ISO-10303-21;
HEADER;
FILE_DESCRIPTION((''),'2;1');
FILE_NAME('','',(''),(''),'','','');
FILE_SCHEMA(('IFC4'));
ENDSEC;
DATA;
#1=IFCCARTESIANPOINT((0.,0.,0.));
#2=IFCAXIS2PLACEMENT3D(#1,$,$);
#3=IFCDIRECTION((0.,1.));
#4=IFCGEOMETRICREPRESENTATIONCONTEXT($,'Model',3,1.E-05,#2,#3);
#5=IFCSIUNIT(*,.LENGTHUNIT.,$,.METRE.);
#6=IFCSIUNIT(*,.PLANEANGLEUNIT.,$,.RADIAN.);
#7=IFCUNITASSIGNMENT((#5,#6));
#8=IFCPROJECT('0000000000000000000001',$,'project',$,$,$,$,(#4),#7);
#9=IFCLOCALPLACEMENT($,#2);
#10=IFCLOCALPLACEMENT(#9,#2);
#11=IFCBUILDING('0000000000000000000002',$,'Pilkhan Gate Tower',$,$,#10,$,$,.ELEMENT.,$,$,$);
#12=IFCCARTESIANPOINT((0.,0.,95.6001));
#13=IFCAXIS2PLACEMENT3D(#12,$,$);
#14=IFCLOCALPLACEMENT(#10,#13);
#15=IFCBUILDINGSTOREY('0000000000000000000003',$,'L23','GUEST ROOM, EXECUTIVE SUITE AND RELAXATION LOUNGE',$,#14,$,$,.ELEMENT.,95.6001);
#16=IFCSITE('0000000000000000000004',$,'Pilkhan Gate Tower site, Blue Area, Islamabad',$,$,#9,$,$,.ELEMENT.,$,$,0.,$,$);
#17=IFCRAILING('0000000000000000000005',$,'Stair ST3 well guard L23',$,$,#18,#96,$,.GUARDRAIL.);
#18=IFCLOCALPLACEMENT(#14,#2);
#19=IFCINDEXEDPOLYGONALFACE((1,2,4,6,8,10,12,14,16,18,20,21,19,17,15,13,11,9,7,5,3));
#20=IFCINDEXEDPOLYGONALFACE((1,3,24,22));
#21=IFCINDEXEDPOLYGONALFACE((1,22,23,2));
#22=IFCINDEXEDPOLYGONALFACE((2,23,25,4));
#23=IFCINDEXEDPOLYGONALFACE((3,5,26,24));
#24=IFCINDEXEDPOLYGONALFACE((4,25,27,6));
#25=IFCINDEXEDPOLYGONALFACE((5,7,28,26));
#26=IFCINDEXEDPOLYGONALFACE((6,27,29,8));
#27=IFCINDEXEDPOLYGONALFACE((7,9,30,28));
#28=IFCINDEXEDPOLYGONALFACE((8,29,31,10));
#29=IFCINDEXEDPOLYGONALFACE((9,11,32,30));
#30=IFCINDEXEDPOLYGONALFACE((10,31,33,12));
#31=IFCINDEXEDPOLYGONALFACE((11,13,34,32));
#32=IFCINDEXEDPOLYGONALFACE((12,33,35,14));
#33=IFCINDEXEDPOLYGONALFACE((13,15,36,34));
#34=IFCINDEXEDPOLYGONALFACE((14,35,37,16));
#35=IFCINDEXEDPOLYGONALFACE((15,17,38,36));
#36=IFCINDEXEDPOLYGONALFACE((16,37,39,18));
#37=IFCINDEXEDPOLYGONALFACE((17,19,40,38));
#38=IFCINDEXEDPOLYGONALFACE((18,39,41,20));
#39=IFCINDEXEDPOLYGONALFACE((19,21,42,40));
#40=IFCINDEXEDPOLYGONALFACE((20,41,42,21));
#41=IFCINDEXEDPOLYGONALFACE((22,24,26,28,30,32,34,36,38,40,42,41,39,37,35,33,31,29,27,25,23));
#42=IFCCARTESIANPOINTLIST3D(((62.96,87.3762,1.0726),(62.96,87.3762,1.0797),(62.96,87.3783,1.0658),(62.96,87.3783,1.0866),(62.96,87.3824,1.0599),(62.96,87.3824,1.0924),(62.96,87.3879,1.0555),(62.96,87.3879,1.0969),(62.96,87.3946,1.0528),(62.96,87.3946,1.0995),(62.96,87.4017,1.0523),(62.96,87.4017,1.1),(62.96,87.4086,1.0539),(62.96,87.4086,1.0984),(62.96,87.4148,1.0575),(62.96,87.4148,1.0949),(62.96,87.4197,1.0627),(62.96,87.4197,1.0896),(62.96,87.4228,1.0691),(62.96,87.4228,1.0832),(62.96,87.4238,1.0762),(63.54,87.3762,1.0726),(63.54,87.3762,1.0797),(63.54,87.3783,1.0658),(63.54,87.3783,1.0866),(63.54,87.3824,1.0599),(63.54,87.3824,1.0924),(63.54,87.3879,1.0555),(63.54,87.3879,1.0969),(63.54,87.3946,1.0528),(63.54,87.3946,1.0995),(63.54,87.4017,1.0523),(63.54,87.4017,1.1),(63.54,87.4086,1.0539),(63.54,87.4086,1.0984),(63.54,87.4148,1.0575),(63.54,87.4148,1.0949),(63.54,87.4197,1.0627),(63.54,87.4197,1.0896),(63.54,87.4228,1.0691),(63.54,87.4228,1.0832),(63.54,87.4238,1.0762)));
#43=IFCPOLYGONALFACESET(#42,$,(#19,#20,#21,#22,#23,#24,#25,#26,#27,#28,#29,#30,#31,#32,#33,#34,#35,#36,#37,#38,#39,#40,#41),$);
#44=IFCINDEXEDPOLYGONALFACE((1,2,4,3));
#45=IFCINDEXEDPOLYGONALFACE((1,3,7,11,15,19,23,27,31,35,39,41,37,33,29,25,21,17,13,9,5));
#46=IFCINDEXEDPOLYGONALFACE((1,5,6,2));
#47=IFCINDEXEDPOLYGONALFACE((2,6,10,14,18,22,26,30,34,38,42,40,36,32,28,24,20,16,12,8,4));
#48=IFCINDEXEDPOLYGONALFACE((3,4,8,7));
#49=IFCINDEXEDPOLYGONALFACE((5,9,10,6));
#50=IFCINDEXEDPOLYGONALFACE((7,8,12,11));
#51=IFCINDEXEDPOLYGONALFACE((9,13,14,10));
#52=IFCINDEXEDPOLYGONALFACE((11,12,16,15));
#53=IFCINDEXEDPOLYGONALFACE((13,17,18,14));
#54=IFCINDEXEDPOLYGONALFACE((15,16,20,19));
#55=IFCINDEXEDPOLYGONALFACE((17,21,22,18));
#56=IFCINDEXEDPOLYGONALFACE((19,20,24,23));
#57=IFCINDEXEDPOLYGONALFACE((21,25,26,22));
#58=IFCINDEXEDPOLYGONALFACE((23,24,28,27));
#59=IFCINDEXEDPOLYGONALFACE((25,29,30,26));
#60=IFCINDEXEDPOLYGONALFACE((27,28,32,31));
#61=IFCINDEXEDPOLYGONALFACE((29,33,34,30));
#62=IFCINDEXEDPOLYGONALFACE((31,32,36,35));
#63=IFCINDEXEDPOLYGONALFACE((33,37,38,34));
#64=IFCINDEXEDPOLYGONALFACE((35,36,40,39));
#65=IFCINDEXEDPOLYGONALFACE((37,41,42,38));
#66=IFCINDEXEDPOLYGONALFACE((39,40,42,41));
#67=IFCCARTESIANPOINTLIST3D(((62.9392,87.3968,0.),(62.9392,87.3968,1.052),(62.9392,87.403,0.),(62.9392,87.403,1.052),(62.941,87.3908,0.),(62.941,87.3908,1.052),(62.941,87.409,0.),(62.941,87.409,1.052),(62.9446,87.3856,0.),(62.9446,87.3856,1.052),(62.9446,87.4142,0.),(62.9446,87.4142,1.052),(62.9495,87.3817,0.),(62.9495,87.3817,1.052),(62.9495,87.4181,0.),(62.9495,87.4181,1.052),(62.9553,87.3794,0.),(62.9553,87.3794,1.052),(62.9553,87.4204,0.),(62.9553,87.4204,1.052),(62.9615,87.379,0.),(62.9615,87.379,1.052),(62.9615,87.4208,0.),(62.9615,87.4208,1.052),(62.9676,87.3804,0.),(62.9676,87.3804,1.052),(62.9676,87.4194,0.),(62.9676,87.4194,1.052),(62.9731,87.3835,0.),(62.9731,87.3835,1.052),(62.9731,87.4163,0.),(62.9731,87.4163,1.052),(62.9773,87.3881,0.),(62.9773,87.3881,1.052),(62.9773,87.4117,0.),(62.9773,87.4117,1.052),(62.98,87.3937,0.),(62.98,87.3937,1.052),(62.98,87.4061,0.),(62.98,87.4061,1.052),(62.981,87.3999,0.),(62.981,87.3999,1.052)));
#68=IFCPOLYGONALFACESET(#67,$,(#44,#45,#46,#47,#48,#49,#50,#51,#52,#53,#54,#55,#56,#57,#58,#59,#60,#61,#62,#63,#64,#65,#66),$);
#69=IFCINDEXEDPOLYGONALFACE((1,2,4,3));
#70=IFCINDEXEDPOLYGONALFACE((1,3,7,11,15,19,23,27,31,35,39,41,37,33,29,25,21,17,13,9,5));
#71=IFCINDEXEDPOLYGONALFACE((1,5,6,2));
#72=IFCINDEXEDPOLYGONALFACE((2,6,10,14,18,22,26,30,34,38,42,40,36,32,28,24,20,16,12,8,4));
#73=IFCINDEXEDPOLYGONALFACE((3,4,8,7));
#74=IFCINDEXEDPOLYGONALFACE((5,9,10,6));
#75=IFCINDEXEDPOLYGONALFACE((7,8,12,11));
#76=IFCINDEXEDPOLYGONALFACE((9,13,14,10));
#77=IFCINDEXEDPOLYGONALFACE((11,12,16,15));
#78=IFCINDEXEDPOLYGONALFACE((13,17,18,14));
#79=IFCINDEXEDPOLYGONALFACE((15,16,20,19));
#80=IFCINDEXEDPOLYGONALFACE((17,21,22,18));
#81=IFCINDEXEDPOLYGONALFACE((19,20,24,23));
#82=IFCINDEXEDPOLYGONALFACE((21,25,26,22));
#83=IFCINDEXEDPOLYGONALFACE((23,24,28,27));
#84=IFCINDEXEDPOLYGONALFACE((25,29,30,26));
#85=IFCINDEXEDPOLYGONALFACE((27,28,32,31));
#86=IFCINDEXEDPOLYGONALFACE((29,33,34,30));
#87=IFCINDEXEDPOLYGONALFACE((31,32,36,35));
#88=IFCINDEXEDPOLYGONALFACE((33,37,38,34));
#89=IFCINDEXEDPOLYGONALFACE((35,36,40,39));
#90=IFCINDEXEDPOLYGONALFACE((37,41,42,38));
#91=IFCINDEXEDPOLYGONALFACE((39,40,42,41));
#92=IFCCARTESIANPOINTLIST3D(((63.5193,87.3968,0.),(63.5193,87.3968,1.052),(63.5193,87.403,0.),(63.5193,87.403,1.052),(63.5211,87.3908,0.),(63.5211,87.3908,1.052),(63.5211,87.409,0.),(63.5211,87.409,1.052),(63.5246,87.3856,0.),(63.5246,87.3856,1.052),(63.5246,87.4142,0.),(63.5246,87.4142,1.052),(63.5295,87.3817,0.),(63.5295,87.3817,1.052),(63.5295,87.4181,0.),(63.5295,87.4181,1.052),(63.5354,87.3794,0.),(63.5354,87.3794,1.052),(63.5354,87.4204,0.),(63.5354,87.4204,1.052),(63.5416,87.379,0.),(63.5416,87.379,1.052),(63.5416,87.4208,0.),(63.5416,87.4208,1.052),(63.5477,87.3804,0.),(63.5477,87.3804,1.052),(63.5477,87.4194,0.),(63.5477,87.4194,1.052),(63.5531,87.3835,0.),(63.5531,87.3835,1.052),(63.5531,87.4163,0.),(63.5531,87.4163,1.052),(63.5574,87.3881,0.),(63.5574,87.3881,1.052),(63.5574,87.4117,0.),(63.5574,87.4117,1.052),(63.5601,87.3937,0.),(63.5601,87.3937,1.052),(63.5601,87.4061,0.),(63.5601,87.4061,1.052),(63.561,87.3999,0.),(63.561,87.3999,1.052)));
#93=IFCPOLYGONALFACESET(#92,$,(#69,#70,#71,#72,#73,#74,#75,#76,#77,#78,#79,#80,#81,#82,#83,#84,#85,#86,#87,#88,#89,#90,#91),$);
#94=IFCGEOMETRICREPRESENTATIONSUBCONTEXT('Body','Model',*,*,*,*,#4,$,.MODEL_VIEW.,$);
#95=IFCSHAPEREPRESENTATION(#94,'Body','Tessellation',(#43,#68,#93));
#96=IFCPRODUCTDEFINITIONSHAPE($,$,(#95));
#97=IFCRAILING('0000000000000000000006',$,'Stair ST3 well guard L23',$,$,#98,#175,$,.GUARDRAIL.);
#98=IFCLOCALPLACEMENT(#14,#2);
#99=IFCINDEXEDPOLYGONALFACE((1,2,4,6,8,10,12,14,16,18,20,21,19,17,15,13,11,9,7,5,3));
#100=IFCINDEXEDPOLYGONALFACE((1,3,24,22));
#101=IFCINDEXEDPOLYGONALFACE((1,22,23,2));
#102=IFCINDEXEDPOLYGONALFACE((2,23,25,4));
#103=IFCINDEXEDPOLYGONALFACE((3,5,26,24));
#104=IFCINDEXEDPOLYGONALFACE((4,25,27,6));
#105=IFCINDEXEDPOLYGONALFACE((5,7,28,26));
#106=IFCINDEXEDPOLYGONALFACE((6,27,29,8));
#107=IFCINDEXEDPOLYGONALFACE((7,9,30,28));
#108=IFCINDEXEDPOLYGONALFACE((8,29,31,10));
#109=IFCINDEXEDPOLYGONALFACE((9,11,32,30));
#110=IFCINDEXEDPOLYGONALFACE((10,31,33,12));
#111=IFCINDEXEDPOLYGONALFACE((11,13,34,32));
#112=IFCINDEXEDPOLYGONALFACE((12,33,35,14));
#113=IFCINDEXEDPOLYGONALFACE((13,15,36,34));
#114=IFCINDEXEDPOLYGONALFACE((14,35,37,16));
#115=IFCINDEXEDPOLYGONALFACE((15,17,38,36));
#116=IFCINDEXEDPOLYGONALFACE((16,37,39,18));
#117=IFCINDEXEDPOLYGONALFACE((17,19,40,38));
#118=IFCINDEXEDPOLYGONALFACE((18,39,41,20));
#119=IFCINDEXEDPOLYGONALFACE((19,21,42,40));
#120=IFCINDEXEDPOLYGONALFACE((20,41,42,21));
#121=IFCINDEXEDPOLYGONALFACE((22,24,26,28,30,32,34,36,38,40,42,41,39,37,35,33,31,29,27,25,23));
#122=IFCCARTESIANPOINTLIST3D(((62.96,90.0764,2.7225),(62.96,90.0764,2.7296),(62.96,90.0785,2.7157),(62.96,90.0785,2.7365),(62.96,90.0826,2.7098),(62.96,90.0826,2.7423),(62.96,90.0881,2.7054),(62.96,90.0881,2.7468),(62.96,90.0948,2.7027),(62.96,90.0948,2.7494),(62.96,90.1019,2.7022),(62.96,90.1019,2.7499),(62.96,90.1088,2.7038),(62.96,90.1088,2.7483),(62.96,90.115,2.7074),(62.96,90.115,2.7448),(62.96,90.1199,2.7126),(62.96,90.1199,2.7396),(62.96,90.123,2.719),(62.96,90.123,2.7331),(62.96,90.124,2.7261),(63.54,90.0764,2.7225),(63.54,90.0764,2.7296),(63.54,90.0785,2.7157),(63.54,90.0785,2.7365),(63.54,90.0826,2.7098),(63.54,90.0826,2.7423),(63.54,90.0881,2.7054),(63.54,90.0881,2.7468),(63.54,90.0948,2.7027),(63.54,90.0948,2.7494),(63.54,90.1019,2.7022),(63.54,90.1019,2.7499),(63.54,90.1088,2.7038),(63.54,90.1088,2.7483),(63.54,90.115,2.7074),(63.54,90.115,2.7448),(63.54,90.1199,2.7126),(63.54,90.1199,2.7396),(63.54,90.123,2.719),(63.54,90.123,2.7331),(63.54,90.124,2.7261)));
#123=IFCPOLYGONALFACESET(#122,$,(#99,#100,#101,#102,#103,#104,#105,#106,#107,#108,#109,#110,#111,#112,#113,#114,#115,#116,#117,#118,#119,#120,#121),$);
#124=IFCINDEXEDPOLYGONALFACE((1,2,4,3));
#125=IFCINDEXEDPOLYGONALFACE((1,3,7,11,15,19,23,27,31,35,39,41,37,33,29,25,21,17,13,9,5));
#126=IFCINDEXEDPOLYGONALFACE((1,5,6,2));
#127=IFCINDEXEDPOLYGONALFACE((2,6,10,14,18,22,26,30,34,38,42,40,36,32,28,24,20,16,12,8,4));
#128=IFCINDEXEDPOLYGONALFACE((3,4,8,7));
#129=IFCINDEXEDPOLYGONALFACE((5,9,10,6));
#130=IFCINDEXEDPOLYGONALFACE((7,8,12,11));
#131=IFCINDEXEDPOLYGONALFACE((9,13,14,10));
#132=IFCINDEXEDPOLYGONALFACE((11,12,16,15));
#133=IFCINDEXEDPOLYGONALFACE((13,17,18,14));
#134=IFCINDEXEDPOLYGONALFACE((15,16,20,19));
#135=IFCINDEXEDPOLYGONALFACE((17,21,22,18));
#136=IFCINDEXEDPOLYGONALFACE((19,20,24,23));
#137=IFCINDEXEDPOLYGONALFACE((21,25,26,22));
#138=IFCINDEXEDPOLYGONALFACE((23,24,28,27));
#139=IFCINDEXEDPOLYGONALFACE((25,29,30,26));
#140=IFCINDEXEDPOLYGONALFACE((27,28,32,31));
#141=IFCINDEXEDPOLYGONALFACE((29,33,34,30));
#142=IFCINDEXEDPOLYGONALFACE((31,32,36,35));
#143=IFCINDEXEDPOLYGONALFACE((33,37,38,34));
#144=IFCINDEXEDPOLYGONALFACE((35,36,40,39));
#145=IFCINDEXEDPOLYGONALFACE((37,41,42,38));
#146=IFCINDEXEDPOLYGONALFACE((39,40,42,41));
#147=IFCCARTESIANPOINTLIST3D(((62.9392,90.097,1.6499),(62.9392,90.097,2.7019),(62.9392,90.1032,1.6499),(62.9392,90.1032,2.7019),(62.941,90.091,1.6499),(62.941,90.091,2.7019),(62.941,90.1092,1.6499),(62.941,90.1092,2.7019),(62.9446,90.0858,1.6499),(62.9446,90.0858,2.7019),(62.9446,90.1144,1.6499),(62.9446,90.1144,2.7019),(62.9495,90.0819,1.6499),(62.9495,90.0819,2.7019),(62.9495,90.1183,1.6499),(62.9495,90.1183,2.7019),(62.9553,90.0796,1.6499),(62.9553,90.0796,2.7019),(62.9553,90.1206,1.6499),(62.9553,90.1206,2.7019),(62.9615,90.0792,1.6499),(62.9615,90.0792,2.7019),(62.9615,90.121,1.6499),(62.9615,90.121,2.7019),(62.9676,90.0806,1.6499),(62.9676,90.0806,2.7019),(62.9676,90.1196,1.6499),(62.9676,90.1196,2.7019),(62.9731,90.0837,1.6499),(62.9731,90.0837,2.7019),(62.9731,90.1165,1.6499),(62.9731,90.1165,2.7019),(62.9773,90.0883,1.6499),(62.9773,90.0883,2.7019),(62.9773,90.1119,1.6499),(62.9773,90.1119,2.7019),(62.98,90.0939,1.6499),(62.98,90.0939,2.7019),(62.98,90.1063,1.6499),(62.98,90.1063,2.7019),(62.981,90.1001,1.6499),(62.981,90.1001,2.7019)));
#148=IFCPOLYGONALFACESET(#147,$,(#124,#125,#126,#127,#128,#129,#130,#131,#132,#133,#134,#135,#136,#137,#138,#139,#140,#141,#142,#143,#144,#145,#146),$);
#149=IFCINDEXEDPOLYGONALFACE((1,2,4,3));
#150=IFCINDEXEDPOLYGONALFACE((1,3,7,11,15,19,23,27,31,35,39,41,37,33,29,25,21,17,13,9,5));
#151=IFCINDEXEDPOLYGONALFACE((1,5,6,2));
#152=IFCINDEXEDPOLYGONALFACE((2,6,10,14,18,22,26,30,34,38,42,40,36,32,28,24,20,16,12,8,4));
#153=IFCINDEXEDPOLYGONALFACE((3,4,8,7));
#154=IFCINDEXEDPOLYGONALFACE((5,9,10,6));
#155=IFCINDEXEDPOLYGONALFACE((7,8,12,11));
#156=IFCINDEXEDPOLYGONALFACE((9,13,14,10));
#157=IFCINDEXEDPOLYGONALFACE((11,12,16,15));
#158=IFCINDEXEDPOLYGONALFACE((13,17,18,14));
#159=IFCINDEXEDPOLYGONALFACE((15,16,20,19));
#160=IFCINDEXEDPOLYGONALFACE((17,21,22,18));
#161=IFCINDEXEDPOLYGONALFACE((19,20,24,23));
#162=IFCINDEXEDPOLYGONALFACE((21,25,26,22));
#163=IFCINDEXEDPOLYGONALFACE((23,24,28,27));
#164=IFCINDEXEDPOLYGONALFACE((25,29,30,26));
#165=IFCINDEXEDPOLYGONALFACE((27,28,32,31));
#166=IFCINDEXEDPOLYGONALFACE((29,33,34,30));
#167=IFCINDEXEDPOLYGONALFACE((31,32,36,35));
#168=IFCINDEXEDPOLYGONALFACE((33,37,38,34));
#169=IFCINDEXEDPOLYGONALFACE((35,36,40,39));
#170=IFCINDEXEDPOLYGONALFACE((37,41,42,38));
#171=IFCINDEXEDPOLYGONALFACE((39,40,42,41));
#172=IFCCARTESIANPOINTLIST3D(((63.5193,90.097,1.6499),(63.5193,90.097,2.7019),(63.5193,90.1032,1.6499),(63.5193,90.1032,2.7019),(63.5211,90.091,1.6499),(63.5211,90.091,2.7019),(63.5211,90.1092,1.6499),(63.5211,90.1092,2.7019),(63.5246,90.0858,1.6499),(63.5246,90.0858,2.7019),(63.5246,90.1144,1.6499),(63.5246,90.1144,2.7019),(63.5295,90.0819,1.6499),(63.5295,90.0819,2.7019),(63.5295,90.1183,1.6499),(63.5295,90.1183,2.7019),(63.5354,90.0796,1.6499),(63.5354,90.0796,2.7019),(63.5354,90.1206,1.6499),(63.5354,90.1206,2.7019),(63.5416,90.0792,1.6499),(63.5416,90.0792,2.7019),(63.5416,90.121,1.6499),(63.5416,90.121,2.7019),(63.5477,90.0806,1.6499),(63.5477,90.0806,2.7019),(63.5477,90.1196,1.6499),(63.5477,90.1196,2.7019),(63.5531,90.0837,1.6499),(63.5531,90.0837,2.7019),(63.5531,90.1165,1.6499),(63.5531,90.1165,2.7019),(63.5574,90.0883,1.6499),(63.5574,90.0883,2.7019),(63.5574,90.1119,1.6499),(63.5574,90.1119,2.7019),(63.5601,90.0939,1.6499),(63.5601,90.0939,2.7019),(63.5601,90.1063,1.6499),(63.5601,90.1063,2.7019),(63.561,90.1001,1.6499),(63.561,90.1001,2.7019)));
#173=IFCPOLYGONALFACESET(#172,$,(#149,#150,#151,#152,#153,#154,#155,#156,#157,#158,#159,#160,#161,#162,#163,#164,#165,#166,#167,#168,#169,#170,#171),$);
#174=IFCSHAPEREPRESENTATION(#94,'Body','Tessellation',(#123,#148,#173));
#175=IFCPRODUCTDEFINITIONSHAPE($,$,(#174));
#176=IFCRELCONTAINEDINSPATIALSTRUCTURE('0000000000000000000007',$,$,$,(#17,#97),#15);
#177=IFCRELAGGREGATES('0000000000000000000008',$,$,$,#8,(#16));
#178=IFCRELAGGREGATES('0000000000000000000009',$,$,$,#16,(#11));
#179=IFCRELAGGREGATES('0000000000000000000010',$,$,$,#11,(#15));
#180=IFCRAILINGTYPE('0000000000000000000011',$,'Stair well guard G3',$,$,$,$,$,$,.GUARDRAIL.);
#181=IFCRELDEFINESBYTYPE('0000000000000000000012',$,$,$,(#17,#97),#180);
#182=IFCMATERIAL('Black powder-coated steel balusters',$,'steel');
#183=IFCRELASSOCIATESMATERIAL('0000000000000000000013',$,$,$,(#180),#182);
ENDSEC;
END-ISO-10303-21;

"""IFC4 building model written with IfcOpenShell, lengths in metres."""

from ifc_helpers import new_model, si_unit, direction, frame, origin, origin_2d, place, context, subcontext, project, spatial, circle, extrude, material, type_object, element, save


model = new_model("IFC4")

# Units and contexts
model_context = context("Model", 3, precision=1e-05, world=origin(), true_north=direction((0.0, 1.0)))
body_context = subcontext(model_context, "Body", "Model", "MODEL_VIEW")
ifc_project = project(units=[si_unit("LENGTHUNIT", "METRE"), si_unit("PLANEANGLEUNIT", "RADIAN")], contexts=[model_context])

# Site, building, storey
site_placement = place(None, origin())
site = spatial("IfcSite", under=ifc_project, at=site_placement, Name="Pilkhan Gate Tower site, Blue Area, Islamabad", CompositionType="ELEMENT", RefElevation=0.0)
building_placement = place(site_placement, origin())
building = spatial("IfcBuilding", under=site, at=building_placement, Name="Pilkhan Gate Tower", CompositionType="ELEMENT")
storey_placement = place(building_placement, frame((0.0, 0.0, 95.6001)))
storey = spatial("IfcBuildingStorey", under=building, at=storey_placement, Name="L23", Description="GUEST ROOM, EXECUTIVE SUITE AND RELAXATION LOUNGE", CompositionType="ELEMENT", Elevation=95.6001)

# Railings
ifc_material_1 = material(Name="Black powder-coated steel balusters", Category="steel")
railing_type_1 = type_object("IfcRailingType", Name="Stair well guard G3", PredefinedType="GUARDRAIL", material=ifc_material_1)
for number, where, name in (
    (1, (62.96, 87.3999, 0.0), "Stair ST3 well guard L23"),
    (2, (62.96, 90.1001, 1.6499), "Stair ST3 well guard L23"),
):
    element("IfcRailing", number, at=place(storey_placement, frame(where)), inside=storey, type_object=railing_type_1, Name=name, PredefinedType="GUARDRAIL", context=body_context, shape_type="SweptSolid", body=[
        extrude(circle(Radius=0.0239, at=origin_2d()), frame((0.0, 0.0, 1.0762), z_axis=(1.0, 0.0, 0.0), x_axis=(0.0, 1.0, 0.0)), (0.0, 0.0, 1.0), 0.5801),
        extrude(circle(Radius=0.021, at=origin_2d()), origin(), (0.0, 0.0, 1.0), 1.052),
        extrude(circle(Radius=0.021, at=origin_2d()), frame((0.5801, 0.0, 0.0)), (0.0, 0.0, 1.0), 1.052),
    ])

save(model, "model.ifc")
